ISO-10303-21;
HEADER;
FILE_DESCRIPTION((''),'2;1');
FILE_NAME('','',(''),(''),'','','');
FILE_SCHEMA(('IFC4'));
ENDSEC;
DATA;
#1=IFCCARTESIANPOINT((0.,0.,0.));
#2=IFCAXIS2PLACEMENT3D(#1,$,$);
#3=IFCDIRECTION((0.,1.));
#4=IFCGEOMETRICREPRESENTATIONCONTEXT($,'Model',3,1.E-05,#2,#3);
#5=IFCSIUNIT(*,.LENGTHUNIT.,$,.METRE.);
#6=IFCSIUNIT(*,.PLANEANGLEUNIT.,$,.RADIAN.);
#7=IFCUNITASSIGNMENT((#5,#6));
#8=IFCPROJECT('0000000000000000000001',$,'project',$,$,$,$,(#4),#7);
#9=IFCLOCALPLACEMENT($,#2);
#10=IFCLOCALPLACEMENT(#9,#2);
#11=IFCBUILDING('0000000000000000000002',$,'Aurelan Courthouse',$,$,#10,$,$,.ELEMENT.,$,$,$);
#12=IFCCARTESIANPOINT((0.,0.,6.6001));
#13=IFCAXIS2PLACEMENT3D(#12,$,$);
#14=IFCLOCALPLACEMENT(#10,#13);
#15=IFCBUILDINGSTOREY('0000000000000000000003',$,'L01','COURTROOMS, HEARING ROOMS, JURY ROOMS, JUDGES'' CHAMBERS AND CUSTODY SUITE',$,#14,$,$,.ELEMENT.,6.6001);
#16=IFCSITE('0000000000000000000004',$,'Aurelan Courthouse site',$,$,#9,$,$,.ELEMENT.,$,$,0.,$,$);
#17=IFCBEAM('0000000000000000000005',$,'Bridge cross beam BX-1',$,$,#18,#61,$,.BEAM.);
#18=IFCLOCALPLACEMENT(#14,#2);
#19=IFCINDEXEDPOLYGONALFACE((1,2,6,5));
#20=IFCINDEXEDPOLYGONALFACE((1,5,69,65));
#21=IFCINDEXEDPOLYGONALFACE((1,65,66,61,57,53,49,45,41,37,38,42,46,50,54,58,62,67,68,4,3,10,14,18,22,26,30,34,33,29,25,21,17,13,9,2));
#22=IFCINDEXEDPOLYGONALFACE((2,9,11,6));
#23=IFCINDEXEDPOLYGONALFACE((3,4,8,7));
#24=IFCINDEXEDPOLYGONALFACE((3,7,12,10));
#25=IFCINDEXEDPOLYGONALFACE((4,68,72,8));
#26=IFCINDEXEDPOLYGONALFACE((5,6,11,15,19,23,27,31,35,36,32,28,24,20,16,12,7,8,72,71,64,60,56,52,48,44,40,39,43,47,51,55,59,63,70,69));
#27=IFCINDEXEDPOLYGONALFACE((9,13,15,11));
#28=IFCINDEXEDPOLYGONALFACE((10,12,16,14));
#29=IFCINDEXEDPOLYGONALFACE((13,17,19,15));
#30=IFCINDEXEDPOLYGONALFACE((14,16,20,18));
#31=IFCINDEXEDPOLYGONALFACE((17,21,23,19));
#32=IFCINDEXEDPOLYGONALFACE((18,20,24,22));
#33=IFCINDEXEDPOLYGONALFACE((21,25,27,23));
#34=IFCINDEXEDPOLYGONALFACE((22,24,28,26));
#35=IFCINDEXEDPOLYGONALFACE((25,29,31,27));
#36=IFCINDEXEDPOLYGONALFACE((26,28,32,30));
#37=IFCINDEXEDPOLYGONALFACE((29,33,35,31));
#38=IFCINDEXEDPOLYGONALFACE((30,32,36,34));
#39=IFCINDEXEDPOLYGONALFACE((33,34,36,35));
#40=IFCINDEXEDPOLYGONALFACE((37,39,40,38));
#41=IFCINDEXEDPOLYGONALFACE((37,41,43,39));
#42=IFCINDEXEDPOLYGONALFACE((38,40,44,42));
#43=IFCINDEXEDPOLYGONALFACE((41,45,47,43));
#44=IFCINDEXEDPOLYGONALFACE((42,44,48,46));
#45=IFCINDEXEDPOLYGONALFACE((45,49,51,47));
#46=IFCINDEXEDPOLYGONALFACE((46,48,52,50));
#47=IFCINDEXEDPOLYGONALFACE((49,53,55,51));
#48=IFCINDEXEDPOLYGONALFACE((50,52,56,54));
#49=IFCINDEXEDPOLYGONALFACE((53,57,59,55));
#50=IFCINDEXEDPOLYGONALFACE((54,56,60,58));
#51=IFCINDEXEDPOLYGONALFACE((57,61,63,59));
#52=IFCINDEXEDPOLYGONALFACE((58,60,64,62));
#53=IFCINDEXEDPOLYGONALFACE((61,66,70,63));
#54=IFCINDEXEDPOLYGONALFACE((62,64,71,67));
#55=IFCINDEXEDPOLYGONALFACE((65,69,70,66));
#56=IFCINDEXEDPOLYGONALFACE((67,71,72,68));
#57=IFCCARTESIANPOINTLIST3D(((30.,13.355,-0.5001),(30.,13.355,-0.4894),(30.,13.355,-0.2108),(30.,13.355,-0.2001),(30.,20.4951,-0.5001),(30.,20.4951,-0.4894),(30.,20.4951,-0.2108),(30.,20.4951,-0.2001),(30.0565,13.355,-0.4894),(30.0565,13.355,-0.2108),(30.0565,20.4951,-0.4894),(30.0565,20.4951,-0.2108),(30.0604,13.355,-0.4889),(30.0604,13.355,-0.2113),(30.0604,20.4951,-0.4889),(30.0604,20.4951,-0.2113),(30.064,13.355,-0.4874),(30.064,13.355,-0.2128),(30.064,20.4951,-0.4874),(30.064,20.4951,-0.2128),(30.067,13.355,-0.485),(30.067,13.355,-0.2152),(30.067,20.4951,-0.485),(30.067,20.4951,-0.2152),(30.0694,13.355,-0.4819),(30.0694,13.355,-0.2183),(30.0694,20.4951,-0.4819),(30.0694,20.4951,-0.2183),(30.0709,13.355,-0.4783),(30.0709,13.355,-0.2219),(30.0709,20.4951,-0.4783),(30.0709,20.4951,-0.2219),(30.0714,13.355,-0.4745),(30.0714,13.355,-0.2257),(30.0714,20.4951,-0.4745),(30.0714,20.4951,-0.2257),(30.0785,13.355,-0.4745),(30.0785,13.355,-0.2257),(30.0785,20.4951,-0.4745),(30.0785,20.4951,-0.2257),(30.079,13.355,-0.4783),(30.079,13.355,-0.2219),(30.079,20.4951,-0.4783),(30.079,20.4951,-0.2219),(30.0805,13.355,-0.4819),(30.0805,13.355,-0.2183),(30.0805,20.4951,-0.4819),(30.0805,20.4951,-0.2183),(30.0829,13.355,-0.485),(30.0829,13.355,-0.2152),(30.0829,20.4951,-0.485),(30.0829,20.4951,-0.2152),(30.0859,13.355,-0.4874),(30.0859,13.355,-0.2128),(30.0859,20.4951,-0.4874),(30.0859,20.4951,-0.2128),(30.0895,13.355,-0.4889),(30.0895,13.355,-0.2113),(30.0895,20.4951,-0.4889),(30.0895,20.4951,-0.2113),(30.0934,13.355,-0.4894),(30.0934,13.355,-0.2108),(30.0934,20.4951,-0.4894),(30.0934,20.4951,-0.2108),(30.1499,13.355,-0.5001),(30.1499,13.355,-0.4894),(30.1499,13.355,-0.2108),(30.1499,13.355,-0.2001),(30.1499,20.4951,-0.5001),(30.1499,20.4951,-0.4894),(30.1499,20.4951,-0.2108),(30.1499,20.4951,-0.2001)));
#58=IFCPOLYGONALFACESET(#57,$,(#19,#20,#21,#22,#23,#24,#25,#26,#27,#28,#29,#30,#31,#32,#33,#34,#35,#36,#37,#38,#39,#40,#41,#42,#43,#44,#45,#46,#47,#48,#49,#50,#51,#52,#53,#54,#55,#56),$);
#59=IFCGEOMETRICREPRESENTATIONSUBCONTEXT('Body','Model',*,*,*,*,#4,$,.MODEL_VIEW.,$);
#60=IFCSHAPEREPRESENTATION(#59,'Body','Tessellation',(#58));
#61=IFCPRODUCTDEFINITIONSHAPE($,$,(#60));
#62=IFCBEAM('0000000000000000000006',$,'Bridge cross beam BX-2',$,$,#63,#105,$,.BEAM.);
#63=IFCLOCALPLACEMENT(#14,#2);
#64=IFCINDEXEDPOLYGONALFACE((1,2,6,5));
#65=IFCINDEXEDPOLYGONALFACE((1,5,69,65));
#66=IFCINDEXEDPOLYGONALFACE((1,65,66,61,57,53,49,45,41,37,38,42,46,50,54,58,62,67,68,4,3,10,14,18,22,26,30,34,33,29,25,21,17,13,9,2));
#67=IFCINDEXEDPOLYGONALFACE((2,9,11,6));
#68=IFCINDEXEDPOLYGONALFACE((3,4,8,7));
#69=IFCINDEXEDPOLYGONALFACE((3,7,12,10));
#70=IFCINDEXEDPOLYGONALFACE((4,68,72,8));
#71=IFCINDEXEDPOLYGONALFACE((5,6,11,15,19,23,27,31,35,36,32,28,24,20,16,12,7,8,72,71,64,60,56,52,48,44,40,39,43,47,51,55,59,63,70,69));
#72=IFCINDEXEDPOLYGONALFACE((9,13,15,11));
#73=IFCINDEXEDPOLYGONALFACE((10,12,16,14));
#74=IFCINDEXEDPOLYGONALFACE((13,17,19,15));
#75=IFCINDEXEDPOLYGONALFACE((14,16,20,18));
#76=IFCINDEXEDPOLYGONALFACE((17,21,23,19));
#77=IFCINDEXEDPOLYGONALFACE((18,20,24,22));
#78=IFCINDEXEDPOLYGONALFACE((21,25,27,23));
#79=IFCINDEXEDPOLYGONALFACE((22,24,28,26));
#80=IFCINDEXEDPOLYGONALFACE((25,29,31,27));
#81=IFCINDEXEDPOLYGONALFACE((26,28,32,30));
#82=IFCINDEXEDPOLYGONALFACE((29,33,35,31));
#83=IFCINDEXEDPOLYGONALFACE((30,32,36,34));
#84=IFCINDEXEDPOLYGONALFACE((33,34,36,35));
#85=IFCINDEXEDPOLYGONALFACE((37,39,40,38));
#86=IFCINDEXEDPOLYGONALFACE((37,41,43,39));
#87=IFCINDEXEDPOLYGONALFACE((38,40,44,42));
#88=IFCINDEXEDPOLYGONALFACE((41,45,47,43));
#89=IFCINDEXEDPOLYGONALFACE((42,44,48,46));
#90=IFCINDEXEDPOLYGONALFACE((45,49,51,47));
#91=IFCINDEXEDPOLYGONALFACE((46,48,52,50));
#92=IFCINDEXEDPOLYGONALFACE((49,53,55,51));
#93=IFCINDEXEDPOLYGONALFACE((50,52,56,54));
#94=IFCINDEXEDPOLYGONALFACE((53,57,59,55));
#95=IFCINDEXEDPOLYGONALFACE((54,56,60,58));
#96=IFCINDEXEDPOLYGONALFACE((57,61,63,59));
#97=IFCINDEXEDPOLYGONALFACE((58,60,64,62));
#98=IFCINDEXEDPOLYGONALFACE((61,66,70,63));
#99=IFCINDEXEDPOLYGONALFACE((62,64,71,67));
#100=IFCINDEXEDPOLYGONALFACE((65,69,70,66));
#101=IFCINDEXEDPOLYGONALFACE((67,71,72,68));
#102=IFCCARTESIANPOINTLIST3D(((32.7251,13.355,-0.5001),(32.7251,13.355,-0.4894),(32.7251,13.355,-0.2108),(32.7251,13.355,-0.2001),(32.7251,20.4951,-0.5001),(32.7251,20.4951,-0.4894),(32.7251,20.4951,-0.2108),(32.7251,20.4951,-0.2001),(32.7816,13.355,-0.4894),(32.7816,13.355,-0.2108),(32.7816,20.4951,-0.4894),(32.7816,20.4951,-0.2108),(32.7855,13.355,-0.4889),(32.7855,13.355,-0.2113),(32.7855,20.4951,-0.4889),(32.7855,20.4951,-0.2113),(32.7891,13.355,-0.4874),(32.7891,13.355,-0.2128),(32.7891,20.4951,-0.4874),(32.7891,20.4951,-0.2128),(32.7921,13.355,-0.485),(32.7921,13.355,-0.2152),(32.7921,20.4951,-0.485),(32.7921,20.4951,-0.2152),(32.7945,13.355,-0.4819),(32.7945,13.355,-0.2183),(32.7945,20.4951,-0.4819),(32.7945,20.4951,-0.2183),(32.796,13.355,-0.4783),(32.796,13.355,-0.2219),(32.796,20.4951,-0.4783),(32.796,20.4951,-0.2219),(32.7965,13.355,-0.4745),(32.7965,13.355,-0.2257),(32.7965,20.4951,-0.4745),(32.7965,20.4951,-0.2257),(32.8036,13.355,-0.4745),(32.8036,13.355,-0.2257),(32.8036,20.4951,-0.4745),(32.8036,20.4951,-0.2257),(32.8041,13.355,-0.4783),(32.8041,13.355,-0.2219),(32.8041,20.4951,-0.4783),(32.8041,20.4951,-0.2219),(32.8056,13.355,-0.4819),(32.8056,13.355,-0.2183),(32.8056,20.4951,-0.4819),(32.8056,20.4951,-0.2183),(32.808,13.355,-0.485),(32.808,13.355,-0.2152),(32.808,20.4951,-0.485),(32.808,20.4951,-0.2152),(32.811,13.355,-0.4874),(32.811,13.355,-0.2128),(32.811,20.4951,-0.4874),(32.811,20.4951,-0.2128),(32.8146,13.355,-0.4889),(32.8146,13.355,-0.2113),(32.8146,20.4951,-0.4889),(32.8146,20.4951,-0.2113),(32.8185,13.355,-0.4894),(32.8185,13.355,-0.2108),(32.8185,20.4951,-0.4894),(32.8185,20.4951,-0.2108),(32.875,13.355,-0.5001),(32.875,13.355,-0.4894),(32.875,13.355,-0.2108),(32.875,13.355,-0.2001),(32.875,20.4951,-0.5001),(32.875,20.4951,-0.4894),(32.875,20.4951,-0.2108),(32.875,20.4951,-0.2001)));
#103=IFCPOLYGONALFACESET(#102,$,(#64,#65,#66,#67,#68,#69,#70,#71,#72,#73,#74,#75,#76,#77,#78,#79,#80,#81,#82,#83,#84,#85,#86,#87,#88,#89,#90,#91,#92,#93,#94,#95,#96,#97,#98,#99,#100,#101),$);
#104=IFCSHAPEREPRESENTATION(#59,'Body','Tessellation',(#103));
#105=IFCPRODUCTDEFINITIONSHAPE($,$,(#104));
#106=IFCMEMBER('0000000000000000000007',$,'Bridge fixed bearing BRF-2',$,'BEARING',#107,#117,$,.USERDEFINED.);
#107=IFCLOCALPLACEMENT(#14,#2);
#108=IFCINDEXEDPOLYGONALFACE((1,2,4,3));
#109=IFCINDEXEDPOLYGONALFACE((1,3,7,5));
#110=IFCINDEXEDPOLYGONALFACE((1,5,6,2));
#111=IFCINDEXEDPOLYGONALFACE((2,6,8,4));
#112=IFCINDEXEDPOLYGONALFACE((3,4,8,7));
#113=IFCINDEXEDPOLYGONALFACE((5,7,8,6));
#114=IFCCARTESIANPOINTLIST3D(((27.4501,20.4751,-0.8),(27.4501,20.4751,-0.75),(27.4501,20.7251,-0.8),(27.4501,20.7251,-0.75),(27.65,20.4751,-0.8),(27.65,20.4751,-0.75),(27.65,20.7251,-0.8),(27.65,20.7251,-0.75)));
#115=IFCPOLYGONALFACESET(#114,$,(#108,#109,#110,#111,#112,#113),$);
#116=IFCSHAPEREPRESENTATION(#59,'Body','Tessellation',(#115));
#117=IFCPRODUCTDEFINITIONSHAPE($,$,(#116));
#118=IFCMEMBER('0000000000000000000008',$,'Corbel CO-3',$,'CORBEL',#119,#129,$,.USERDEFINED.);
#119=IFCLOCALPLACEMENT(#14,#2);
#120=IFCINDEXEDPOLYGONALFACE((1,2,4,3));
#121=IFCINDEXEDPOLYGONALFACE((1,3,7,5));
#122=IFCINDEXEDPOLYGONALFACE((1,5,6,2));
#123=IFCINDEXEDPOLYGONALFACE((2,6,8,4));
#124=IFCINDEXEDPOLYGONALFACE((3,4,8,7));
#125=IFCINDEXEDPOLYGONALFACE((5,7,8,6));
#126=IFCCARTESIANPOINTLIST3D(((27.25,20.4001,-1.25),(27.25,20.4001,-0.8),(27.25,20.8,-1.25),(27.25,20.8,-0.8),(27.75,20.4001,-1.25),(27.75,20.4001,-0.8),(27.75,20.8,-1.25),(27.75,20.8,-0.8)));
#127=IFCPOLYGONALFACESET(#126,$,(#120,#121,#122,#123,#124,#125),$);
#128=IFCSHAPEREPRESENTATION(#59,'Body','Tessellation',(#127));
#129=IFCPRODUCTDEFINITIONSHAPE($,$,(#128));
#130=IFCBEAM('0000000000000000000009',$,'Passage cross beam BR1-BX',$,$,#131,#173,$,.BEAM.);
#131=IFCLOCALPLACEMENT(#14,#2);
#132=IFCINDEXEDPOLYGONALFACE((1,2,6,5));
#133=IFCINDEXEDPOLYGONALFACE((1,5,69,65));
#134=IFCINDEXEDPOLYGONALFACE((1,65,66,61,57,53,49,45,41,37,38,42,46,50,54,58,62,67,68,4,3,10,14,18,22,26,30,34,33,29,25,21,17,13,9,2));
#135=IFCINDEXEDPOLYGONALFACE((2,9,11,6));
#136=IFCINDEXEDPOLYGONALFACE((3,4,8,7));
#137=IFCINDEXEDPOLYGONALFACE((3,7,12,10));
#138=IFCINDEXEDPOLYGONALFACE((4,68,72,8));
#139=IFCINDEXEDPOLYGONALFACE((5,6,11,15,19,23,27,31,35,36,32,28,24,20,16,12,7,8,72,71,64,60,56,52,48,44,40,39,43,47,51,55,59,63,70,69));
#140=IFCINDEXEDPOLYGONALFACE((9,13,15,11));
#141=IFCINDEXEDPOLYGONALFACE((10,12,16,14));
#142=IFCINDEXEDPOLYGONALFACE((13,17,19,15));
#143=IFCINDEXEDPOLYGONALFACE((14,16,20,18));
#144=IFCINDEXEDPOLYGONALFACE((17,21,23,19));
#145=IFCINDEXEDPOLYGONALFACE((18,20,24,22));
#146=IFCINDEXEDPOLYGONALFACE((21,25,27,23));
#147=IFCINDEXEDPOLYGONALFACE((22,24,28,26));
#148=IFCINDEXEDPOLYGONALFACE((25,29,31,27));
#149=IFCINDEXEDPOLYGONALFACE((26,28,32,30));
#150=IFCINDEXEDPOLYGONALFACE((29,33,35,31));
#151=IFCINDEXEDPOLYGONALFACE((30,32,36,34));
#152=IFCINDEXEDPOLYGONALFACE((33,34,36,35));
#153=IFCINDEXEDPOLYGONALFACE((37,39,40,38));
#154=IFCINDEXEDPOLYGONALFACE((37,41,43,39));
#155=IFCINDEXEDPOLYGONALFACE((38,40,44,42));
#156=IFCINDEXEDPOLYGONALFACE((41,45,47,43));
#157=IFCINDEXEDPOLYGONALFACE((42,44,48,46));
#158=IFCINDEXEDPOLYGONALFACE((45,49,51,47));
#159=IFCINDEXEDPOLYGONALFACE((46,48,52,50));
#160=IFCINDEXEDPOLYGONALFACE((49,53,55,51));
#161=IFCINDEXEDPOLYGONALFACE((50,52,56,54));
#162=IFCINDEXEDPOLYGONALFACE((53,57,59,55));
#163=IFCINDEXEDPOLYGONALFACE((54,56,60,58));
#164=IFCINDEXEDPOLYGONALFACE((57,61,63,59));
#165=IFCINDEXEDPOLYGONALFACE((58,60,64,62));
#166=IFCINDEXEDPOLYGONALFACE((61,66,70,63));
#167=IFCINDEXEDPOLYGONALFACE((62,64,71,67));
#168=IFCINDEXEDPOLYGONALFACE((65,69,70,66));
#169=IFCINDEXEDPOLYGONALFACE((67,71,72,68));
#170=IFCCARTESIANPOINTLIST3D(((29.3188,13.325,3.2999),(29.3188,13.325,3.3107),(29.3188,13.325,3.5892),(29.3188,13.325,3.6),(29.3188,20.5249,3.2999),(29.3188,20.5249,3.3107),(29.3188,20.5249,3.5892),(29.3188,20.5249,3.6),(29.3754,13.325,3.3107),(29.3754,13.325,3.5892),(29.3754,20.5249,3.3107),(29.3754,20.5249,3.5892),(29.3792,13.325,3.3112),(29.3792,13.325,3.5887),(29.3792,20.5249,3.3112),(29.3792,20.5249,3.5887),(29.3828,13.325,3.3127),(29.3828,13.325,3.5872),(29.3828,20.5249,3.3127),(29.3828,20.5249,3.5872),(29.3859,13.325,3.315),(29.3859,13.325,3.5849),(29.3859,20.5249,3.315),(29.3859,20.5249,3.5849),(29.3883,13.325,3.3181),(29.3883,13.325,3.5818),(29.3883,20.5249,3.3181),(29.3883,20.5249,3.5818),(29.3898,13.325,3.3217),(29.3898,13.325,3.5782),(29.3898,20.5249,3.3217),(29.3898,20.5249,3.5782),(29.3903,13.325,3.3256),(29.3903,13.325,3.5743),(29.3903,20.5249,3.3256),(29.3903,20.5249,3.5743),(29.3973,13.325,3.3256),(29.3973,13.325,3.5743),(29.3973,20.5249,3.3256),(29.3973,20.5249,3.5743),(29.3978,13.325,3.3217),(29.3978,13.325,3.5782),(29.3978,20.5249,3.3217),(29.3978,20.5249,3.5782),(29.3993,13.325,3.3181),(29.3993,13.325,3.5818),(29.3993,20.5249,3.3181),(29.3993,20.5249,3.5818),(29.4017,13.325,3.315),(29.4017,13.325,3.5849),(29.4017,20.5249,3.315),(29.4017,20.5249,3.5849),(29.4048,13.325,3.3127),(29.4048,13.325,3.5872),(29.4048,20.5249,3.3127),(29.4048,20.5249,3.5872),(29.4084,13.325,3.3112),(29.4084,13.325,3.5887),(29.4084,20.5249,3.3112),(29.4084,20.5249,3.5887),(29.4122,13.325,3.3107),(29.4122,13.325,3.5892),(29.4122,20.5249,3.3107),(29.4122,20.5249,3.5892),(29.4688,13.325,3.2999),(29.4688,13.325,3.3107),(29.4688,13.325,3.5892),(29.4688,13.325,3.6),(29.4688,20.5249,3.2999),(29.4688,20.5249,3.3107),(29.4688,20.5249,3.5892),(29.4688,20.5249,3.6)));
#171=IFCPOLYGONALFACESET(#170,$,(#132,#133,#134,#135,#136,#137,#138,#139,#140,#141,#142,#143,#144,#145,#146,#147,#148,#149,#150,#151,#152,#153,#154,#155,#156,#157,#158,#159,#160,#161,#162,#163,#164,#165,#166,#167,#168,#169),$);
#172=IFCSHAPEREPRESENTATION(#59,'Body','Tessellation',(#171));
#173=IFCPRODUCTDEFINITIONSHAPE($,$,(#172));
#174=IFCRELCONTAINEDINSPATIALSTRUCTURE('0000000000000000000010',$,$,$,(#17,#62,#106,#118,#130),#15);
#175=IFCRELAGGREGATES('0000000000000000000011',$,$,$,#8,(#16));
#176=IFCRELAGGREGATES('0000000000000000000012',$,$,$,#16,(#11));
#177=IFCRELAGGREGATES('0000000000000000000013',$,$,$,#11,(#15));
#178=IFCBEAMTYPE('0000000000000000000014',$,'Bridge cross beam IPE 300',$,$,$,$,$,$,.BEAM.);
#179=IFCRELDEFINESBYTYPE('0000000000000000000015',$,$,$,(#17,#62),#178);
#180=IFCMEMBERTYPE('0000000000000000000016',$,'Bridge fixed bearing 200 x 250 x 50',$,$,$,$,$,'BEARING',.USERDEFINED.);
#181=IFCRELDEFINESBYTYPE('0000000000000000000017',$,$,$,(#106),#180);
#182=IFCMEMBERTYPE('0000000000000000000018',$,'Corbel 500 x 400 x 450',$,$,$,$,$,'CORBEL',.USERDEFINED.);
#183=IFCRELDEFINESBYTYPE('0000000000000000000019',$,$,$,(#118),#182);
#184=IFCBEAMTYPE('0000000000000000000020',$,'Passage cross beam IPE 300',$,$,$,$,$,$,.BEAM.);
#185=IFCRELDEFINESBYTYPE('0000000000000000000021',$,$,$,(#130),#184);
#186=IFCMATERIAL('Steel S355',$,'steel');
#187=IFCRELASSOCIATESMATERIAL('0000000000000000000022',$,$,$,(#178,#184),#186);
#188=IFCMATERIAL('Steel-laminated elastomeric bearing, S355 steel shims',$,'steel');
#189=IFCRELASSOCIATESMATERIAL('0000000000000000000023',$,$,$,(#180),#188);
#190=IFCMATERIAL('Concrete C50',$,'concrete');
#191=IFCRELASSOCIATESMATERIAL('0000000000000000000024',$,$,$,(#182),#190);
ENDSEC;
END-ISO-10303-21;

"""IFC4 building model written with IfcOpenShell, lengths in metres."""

from ifc_helpers import new_model, si_unit, direction, frame, origin, origin_2d, place, context, subcontext, project, spatial, rectangle, i_section, extrude, material, material_profile, profile_set, type_object, element, save


model = new_model("IFC4")

# Units and contexts
model_context = context("Model", 3, precision=1e-05, world=origin(), true_north=direction((0.0, 1.0)))
body_context = subcontext(model_context, "Body", "Model", "MODEL_VIEW")
ifc_project = project(units=[si_unit("LENGTHUNIT", "METRE"), si_unit("PLANEANGLEUNIT", "RADIAN")], contexts=[model_context])

# Site, building, storey
site_placement = place(None, origin())
site = spatial("IfcSite", under=ifc_project, at=site_placement, Name="Aurelan Courthouse site", CompositionType="ELEMENT", RefElevation=0.0)
building_placement = place(site_placement, origin())
building = spatial("IfcBuilding", under=site, at=building_placement, Name="Aurelan Courthouse", CompositionType="ELEMENT")
storey_placement = place(building_placement, frame((0.0, 0.0, 6.6001)))
storey = spatial("IfcBuildingStorey", under=building, at=storey_placement, Name="L01", Description="COURTROOMS, HEARING ROOMS, JURY ROOMS, JUDGES' CHAMBERS AND CUSTODY SUITE", CompositionType="ELEMENT", Elevation=6.6001)

# Beams
ifc_material_1 = material(Name="Steel S355", Category="steel")
ifc_material_profile_1 = material_profile(ifc_material_1, i_section(OverallWidth=0.1499, OverallDepth=0.3, WebThickness=0.0071, FlangeThickness=0.0107, FilletRadius=0.0149, at=origin_2d()), Name="IPE 300")
ifc_profile_set_1 = profile_set([ifc_material_profile_1], Name="Steel S355")
beam_type_1 = type_object("IfcBeamType", Name="Bridge cross beam IPE 300", PredefinedType="BEAM", material=ifc_profile_set_1)
for number, where, z_axis, x_axis, name in (
    (1, (30.075, 13.355, -0.3501), (0.0, 1.0, 0.0), (-1.0, 0.0, 0.0), "Bridge cross beam BX-1"),
    (2, (32.8, 13.355, -0.3501), (0.0, 1.0, 0.0), (-1.0, 0.0, 0.0), "Bridge cross beam BX-2"),
):
    element("IfcBeam", number, at=place(storey_placement, frame(where, z_axis=z_axis, x_axis=x_axis)), inside=storey, type_object=beam_type_1, Name=name, PredefinedType="BEAM", context=body_context, shape_type="SweptSolid", body=[
        extrude(i_section(OverallWidth=0.1499, OverallDepth=0.3, WebThickness=0.0071, FlangeThickness=0.0107, FilletRadius=0.0149, at=origin_2d()), origin(), (0.0, 0.0, 1.0), 7.1401),
    ])

# Members
ifc_material_2 = material(Name="Steel-laminated elastomeric bearing, S355 steel shims", Category="steel")
ifc_material_profile_2 = material_profile(ifc_material_2, rectangle(XDim=0.2, YDim=0.25, at=origin_2d()), Name="PL 200 x 250")
ifc_profile_set_2 = profile_set([ifc_material_profile_2], Name="Steel-laminated elastomeric bearing, S355 steel shims")
member_type_1 = type_object("IfcMemberType", Name="Bridge fixed bearing 200 x 250 x 50", ElementType="BEARING", PredefinedType="USERDEFINED", material=ifc_profile_set_2)
member_1_placement = place(storey_placement, frame((27.55, 20.6001, -0.8), z_axis=(0.0, 0.0, 1.0), x_axis=(1.0, 0.0, 0.0)))
element("IfcMember", 3, at=member_1_placement, inside=storey, type_object=member_type_1, Name="Bridge fixed bearing BRF-2", ObjectType="BEARING", PredefinedType="USERDEFINED", context=body_context, shape_type="SweptSolid", body=[
    extrude(rectangle(XDim=0.2, YDim=0.25, at=origin_2d()), origin(), (0.0, 0.0, 1.0), 0.05),
])
ifc_material_3 = material(Name="Concrete C50", Category="concrete")
member_type_2 = type_object("IfcMemberType", Name="Corbel 500 x 400 x 450", ElementType="CORBEL", PredefinedType="USERDEFINED", material=ifc_material_3)
member_2_placement = place(storey_placement, frame((27.5, 20.6001, -1.25), z_axis=(0.0, 0.0, 1.0), x_axis=(1.0, 0.0, 0.0)))
element("IfcMember", 4, at=member_2_placement, inside=storey, type_object=member_type_2, Name="Corbel CO-3", ObjectType="CORBEL", PredefinedType="USERDEFINED", context=body_context, shape_type="SweptSolid", body=[
    extrude(rectangle(XDim=0.5, YDim=0.3999, at=origin_2d()), origin(), (0.0, 0.0, 1.0), 0.45),
])

# Beam
ifc_material_profile_3 = material_profile(ifc_material_1, i_section(OverallWidth=0.1499, OverallDepth=0.3, WebThickness=0.0071, FlangeThickness=0.0107, FilletRadius=0.0149, at=origin_2d()), Name="IPE 300")
ifc_profile_set_3 = profile_set([ifc_material_profile_3], Name="Steel S355")
beam_type_2 = type_object("IfcBeamType", Name="Passage cross beam IPE 300", PredefinedType="BEAM", material=ifc_profile_set_3)
beam_1_placement = place(storey_placement, frame((29.3938, 13.325, 3.45), z_axis=(0.0, 1.0, 0.0), x_axis=(-1.0, 0.0, 0.0)))
element("IfcBeam", 5, at=beam_1_placement, inside=storey, type_object=beam_type_2, Name="Passage cross beam BR1-BX", PredefinedType="BEAM", context=body_context, shape_type="SweptSolid", body=[
    extrude(i_section(OverallWidth=0.1499, OverallDepth=0.3, WebThickness=0.0071, FlangeThickness=0.0107, FilletRadius=0.0149, at=origin_2d()), origin(), (0.0, 0.0, 1.0), 7.2),
])

save(model, "model.ifc")
